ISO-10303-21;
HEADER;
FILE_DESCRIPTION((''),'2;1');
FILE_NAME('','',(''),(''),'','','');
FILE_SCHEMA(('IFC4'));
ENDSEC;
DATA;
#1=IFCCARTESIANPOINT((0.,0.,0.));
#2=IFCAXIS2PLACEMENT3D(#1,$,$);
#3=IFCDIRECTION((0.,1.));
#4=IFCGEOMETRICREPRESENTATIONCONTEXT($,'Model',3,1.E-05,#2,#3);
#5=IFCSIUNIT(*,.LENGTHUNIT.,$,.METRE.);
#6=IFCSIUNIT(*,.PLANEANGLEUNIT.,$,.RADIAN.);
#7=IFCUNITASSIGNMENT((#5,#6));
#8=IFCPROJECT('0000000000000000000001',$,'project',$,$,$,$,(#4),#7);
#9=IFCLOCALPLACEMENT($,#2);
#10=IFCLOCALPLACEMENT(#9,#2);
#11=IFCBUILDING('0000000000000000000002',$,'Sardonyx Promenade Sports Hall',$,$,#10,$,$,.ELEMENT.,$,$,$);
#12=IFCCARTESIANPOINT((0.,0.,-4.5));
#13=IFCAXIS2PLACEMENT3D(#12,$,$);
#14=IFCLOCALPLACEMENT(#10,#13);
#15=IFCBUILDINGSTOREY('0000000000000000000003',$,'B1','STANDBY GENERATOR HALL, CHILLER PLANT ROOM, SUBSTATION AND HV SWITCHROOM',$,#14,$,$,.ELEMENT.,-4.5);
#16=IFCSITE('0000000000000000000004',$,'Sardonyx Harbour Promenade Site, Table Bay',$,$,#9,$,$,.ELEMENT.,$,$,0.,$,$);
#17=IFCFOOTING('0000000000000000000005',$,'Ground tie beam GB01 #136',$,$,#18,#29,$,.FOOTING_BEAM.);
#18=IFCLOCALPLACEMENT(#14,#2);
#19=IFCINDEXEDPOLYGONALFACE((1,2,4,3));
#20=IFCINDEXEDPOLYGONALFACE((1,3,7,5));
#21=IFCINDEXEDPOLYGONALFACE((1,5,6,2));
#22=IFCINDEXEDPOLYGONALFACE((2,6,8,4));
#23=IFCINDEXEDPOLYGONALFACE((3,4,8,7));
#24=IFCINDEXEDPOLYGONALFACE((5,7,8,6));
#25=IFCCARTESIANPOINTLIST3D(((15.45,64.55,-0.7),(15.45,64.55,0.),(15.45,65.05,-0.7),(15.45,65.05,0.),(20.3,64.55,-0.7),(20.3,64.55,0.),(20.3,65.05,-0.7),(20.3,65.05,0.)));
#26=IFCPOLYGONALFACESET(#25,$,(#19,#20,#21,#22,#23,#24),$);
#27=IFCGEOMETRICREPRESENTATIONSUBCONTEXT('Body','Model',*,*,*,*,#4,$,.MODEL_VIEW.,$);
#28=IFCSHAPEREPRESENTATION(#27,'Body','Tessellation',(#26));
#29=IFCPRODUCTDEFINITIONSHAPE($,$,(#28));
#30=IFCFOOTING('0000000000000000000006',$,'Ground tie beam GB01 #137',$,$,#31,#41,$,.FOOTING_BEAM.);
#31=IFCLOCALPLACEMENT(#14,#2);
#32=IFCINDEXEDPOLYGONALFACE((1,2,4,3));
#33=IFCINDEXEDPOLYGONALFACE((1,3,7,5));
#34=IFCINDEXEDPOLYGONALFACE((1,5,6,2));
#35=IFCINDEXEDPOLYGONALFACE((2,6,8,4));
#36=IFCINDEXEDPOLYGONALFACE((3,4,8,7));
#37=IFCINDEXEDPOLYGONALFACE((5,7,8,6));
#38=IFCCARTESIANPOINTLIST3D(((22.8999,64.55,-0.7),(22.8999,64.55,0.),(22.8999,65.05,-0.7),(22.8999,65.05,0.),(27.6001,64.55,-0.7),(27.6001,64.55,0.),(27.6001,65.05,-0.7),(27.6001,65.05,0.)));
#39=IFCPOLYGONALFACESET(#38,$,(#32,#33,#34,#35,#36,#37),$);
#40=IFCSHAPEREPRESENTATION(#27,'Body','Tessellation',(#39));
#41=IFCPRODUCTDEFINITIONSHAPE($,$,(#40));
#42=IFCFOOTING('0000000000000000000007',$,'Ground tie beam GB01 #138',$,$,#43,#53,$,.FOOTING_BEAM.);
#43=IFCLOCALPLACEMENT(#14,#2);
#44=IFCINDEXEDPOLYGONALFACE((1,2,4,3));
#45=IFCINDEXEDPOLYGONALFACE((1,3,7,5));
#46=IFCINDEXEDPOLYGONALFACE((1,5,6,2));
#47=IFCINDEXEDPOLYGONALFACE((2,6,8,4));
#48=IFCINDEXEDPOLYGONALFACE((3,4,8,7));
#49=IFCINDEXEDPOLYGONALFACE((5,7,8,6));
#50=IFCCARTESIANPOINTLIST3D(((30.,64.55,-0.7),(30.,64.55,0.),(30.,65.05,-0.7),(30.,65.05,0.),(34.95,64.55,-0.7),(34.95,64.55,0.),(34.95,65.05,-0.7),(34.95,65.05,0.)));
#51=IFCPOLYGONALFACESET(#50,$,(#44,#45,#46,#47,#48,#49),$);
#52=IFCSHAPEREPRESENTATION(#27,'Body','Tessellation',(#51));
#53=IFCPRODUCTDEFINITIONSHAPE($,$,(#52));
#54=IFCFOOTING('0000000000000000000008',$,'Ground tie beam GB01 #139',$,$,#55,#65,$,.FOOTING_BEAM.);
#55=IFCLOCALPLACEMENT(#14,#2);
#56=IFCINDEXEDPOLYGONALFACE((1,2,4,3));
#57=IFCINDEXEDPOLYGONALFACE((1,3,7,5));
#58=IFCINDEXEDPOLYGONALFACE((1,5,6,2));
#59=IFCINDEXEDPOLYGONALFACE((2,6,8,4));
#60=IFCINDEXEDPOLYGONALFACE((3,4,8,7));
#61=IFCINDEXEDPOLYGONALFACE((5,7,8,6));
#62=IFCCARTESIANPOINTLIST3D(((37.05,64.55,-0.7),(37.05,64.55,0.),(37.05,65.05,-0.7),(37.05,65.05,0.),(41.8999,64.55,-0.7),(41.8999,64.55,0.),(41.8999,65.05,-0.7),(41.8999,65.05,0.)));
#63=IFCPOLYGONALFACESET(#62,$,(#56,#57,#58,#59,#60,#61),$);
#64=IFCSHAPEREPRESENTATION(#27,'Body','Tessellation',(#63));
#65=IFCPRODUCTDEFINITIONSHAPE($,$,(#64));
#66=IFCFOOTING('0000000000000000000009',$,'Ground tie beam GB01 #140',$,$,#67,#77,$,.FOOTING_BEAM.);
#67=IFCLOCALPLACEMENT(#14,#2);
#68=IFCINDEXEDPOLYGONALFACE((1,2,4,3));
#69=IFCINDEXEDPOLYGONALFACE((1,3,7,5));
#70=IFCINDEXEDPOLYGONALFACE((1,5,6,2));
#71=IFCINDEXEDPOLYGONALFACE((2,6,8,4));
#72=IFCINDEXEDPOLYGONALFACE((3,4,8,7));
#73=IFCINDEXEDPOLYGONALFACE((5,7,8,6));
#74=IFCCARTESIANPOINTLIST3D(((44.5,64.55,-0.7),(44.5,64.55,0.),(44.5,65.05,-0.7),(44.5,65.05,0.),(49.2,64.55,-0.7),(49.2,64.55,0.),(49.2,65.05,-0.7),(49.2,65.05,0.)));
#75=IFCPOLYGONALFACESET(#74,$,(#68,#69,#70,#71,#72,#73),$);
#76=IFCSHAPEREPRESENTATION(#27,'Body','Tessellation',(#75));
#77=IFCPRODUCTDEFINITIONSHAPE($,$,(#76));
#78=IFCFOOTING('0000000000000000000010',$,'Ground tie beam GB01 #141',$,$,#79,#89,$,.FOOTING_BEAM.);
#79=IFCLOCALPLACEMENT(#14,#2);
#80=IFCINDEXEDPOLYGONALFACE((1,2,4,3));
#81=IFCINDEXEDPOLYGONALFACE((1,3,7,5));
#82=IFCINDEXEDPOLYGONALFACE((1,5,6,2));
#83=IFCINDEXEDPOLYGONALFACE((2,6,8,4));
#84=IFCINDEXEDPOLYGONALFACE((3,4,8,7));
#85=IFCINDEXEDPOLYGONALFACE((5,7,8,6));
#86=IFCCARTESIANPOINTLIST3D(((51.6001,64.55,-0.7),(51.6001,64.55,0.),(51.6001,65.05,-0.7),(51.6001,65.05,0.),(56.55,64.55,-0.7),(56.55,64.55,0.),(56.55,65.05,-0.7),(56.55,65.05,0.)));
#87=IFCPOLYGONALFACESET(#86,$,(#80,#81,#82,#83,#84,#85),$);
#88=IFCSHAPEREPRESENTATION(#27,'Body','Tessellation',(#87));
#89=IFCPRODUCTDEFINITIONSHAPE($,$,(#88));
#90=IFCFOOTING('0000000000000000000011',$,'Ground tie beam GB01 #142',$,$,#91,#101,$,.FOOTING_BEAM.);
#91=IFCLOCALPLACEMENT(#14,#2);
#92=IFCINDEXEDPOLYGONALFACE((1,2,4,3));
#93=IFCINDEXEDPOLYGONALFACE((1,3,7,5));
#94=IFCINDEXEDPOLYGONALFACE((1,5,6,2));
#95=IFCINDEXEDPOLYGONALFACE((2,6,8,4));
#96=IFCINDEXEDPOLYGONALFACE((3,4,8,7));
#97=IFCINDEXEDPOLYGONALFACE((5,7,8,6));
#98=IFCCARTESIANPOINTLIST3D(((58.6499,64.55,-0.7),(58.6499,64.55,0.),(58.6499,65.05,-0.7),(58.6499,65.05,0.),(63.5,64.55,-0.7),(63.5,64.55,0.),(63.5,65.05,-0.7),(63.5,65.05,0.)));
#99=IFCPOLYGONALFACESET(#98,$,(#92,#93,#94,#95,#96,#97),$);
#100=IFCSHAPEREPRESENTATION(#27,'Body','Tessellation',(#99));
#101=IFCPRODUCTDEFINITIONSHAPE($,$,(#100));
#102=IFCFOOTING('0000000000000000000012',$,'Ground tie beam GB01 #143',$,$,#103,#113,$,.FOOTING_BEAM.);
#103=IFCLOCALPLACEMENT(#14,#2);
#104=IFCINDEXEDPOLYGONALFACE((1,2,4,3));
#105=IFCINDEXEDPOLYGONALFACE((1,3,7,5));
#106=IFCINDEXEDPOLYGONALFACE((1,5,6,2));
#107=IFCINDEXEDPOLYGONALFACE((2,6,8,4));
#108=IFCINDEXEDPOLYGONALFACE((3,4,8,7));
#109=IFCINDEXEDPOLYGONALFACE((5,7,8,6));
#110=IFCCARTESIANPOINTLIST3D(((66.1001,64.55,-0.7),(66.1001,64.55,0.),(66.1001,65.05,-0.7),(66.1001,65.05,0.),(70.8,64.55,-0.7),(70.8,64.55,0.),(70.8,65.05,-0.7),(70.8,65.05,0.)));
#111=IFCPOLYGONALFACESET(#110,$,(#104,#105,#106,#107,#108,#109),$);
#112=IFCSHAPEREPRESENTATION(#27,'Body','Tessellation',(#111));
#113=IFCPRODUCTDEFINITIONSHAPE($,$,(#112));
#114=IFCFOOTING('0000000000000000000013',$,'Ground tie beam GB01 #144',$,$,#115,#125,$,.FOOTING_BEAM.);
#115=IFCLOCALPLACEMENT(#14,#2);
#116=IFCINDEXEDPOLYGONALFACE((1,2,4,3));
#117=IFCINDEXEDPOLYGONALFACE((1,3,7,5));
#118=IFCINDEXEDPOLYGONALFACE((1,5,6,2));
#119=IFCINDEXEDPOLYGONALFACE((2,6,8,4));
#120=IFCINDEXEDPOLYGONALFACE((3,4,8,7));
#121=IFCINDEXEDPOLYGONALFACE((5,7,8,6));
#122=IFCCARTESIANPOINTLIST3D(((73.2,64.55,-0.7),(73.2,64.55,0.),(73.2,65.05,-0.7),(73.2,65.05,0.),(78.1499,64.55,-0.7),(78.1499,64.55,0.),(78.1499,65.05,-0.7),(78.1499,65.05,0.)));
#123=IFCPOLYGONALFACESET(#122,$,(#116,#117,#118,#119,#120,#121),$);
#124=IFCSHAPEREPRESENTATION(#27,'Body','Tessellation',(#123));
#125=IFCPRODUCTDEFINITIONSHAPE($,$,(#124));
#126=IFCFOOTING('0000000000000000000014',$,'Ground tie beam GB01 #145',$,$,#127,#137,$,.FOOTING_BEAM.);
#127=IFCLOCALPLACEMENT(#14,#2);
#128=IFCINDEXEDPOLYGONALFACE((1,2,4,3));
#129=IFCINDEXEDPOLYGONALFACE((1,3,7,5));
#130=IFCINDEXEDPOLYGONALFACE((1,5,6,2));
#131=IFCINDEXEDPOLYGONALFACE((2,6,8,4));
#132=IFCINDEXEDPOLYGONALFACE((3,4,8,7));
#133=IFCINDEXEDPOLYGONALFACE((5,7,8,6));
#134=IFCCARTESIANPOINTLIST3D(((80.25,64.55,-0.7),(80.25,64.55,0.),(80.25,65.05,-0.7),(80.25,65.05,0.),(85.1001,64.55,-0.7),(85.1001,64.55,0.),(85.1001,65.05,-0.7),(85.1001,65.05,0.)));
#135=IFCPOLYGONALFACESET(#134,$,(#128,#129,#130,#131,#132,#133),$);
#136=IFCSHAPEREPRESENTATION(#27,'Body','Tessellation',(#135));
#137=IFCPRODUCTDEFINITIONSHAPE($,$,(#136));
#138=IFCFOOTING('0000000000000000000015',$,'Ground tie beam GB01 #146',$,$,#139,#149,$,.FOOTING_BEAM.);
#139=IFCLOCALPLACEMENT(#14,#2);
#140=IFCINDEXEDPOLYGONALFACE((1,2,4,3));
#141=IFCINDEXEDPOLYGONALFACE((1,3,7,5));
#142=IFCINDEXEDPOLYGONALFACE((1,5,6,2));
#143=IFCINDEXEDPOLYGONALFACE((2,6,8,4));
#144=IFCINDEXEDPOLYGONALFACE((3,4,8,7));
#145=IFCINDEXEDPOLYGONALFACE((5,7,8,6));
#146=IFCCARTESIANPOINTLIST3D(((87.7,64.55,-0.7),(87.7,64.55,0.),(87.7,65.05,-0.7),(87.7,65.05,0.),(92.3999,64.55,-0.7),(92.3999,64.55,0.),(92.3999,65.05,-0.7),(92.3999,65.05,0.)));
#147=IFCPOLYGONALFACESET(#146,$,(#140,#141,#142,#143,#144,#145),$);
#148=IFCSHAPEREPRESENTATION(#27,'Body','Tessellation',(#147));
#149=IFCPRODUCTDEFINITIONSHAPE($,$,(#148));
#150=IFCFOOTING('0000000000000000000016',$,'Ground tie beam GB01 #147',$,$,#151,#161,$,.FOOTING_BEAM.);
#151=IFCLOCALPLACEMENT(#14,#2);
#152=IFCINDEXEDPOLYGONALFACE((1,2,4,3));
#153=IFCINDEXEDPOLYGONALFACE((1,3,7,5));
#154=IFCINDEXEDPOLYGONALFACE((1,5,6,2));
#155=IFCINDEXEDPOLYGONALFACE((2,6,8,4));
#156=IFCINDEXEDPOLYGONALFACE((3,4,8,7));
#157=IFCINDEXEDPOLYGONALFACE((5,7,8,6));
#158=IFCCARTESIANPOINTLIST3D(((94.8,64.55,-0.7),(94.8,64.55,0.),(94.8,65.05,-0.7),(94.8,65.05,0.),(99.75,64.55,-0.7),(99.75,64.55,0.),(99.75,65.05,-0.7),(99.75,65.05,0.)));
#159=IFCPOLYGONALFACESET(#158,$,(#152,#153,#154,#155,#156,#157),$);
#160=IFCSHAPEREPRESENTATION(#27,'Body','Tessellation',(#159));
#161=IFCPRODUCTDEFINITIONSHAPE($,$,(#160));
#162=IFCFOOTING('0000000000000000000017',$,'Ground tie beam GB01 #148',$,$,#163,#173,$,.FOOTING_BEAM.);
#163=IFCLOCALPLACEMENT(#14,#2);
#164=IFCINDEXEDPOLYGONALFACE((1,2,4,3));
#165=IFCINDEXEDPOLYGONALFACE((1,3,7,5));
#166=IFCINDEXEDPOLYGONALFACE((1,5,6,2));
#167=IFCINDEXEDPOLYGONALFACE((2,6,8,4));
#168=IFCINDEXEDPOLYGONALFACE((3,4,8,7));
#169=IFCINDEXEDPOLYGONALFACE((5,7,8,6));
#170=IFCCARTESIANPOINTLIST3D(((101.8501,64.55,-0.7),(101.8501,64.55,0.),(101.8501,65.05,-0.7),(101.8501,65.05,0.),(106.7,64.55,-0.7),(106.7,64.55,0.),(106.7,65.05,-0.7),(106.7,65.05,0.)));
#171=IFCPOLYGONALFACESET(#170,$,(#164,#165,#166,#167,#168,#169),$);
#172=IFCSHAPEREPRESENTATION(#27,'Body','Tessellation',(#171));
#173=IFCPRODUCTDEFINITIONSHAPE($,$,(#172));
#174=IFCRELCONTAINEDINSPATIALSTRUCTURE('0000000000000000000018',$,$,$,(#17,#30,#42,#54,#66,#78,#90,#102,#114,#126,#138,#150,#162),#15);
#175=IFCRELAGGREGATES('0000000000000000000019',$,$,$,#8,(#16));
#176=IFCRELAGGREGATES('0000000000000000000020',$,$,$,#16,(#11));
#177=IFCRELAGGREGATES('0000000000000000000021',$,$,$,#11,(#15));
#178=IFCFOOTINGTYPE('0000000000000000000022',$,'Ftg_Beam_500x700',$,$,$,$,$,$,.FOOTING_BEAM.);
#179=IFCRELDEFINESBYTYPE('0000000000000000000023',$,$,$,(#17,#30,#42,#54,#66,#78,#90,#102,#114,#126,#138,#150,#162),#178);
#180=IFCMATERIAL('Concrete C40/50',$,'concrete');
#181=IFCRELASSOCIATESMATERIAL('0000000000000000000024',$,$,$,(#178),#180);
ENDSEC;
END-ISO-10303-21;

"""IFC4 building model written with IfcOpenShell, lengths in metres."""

from ifc_helpers import new_model, si_unit, direction, frame, origin, place, context, subcontext, project, spatial, polyline, outline, extrude, material, type_object, element, save


model = new_model("IFC4")

# Units and contexts
model_context = context("Model", 3, precision=1e-05, world=origin(), true_north=direction((0.0, 1.0)))
body_context = subcontext(model_context, "Body", "Model", "MODEL_VIEW")
ifc_project = project(units=[si_unit("LENGTHUNIT", "METRE"), si_unit("PLANEANGLEUNIT", "RADIAN")], contexts=[model_context])

# Site, building, storey
site_placement = place(None, origin())
site = spatial("IfcSite", under=ifc_project, at=site_placement, Name="Sardonyx Harbour Promenade Site, Table Bay", CompositionType="ELEMENT", RefElevation=0.0)
building_placement = place(site_placement, origin())
building = spatial("IfcBuilding", under=site, at=building_placement, Name="Sardonyx Promenade Sports Hall", CompositionType="ELEMENT")
storey_placement = place(building_placement, frame((0.0, 0.0, -4.5)))
storey = spatial("IfcBuildingStorey", under=building, at=storey_placement, Name="B1", Description="STANDBY GENERATOR HALL, CHILLER PLANT ROOM, SUBSTATION AND HV SWITCHROOM", CompositionType="ELEMENT", Elevation=-4.5)

# Footings
ifc_material = material(Name="Concrete C40/50", Category="concrete")
footing_type = type_object("IfcFootingType", Name="Ftg_Beam_500x700", PredefinedType="FOOTING_BEAM", material=ifc_material)
footing_1_placement = place(storey_placement, frame((0.0, 0.0, -0.7)))
element("IfcFooting", 1, at=footing_1_placement, inside=storey, type_object=footing_type, Name="Ground tie beam GB01 #136", PredefinedType="FOOTING_BEAM", context=body_context, shape_type="SweptSolid", body=[
    extrude(outline(polyline([(15.45, 64.55), (20.3, 64.55), (20.3, 65.05), (15.45, 65.05), (15.45, 64.55)])), origin(), (0.0, 0.0, 1.0), 0.7),
])
footing_2_placement = place(storey_placement, frame((0.0, 0.0, -0.7)))
element("IfcFooting", 2, at=footing_2_placement, inside=storey, type_object=footing_type, Name="Ground tie beam GB01 #137", PredefinedType="FOOTING_BEAM", context=body_context, shape_type="SweptSolid", body=[
    extrude(outline(polyline([(22.8999, 64.55), (27.6001, 64.55), (27.6001, 65.05), (22.8999, 65.05), (22.8999, 64.55)])), origin(), (0.0, 0.0, 1.0), 0.7),
])
footing_3_placement = place(storey_placement, frame((0.0, 0.0, -0.7)))
element("IfcFooting", 3, at=footing_3_placement, inside=storey, type_object=footing_type, Name="Ground tie beam GB01 #138", PredefinedType="FOOTING_BEAM", context=body_context, shape_type="SweptSolid", body=[
    extrude(outline(polyline([(30.0, 64.55), (34.95, 64.55), (34.95, 65.05), (30.0, 65.05), (30.0, 64.55)])), origin(), (0.0, 0.0, 1.0), 0.7),
])
footing_4_placement = place(storey_placement, frame((0.0, 0.0, -0.7)))
element("IfcFooting", 4, at=footing_4_placement, inside=storey, type_object=footing_type, Name="Ground tie beam GB01 #139", PredefinedType="FOOTING_BEAM", context=body_context, shape_type="SweptSolid", body=[
    extrude(outline(polyline([(37.05, 64.55), (41.8999, 64.55), (41.8999, 65.05), (37.05, 65.05), (37.05, 64.55)])), origin(), (0.0, 0.0, 1.0), 0.7),
])
footing_5_placement = place(storey_placement, frame((0.0, 0.0, -0.7)))
element("IfcFooting", 5, at=footing_5_placement, inside=storey, type_object=footing_type, Name="Ground tie beam GB01 #140", PredefinedType="FOOTING_BEAM", context=body_context, shape_type="SweptSolid", body=[
    extrude(outline(polyline([(44.5, 64.55), (49.2, 64.55), (49.2, 65.05), (44.5, 65.05), (44.5, 64.55)])), origin(), (0.0, 0.0, 1.0), 0.7),
])
footing_6_placement = place(storey_placement, frame((0.0, 0.0, -0.7)))
element("IfcFooting", 6, at=footing_6_placement, inside=storey, type_object=footing_type, Name="Ground tie beam GB01 #141", PredefinedType="FOOTING_BEAM", context=body_context, shape_type="SweptSolid", body=[
    extrude(outline(polyline([(51.6001, 64.55), (56.55, 64.55), (56.55, 65.05), (51.6001, 65.05), (51.6001, 64.55)])), origin(), (0.0, 0.0, 1.0), 0.7),
])
footing_7_placement = place(storey_placement, frame((0.0, 0.0, -0.7)))
element("IfcFooting", 7, at=footing_7_placement, inside=storey, type_object=footing_type, Name="Ground tie beam GB01 #142", PredefinedType="FOOTING_BEAM", context=body_context, shape_type="SweptSolid", body=[
    extrude(outline(polyline([(58.6499, 64.55), (63.5, 64.55), (63.5, 65.05), (58.6499, 65.05), (58.6499, 64.55)])), origin(), (0.0, 0.0, 1.0), 0.7),
])
footing_8_placement = place(storey_placement, frame((0.0, 0.0, -0.7)))
element("IfcFooting", 8, at=footing_8_placement, inside=storey, type_object=footing_type, Name="Ground tie beam GB01 #143", PredefinedType="FOOTING_BEAM", context=body_context, shape_type="SweptSolid", body=[
    extrude(outline(polyline([(66.1001, 64.55), (70.8, 64.55), (70.8, 65.05), (66.1001, 65.05), (66.1001, 64.55)])), origin(), (0.0, 0.0, 1.0), 0.7),
])
footing_9_placement = place(storey_placement, frame((0.0, 0.0, -0.7)))
element("IfcFooting", 9, at=footing_9_placement, inside=storey, type_object=footing_type, Name="Ground tie beam GB01 #144", PredefinedType="FOOTING_BEAM", context=body_context, shape_type="SweptSolid", body=[
    extrude(outline(polyline([(73.2, 64.55), (78.1499, 64.55), (78.1499, 65.05), (73.2, 65.05), (73.2, 64.55)])), origin(), (0.0, 0.0, 1.0), 0.7),
])
footing_10_placement = place(storey_placement, frame((0.0, 0.0, -0.7)))
element("IfcFooting", 10, at=footing_10_placement, inside=storey, type_object=footing_type, Name="Ground tie beam GB01 #145", PredefinedType="FOOTING_BEAM", context=body_context, shape_type="SweptSolid", body=[
    extrude(outline(polyline([(80.25, 64.55), (85.1001, 64.55), (85.1001, 65.05), (80.25, 65.05), (80.25, 64.55)])), origin(), (0.0, 0.0, 1.0), 0.7),
])
footing_11_placement = place(storey_placement, frame((0.0, 0.0, -0.7)))
element("IfcFooting", 11, at=footing_11_placement, inside=storey, type_object=footing_type, Name="Ground tie beam GB01 #146", PredefinedType="FOOTING_BEAM", context=body_context, shape_type="SweptSolid", body=[
    extrude(outline(polyline([(87.7, 64.55), (92.3999, 64.55), (92.3999, 65.05), (87.7, 65.05), (87.7, 64.55)])), origin(), (0.0, 0.0, 1.0), 0.7),
])
footing_12_placement = place(storey_placement, frame((0.0, 0.0, -0.7)))
element("IfcFooting", 12, at=footing_12_placement, inside=storey, type_object=footing_type, Name="Ground tie beam GB01 #147", PredefinedType="FOOTING_BEAM", context=body_context, shape_type="SweptSolid", body=[
    extrude(outline(polyline([(94.8, 64.55), (99.75, 64.55), (99.75, 65.05), (94.8, 65.05), (94.8, 64.55)])), origin(), (0.0, 0.0, 1.0), 0.7),
])
footing_13_placement = place(storey_placement, frame((0.0, 0.0, -0.7)))
element("IfcFooting", 13, at=footing_13_placement, inside=storey, type_object=footing_type, Name="Ground tie beam GB01 #148", PredefinedType="FOOTING_BEAM", context=body_context, shape_type="SweptSolid", body=[
    extrude(outline(polyline([(101.8501, 64.55), (106.7, 64.55), (106.7, 65.05), (101.8501, 65.05), (101.8501, 64.55)])), origin(), (0.0, 0.0, 1.0), 0.7),
])

save(model, "model.ifc")
